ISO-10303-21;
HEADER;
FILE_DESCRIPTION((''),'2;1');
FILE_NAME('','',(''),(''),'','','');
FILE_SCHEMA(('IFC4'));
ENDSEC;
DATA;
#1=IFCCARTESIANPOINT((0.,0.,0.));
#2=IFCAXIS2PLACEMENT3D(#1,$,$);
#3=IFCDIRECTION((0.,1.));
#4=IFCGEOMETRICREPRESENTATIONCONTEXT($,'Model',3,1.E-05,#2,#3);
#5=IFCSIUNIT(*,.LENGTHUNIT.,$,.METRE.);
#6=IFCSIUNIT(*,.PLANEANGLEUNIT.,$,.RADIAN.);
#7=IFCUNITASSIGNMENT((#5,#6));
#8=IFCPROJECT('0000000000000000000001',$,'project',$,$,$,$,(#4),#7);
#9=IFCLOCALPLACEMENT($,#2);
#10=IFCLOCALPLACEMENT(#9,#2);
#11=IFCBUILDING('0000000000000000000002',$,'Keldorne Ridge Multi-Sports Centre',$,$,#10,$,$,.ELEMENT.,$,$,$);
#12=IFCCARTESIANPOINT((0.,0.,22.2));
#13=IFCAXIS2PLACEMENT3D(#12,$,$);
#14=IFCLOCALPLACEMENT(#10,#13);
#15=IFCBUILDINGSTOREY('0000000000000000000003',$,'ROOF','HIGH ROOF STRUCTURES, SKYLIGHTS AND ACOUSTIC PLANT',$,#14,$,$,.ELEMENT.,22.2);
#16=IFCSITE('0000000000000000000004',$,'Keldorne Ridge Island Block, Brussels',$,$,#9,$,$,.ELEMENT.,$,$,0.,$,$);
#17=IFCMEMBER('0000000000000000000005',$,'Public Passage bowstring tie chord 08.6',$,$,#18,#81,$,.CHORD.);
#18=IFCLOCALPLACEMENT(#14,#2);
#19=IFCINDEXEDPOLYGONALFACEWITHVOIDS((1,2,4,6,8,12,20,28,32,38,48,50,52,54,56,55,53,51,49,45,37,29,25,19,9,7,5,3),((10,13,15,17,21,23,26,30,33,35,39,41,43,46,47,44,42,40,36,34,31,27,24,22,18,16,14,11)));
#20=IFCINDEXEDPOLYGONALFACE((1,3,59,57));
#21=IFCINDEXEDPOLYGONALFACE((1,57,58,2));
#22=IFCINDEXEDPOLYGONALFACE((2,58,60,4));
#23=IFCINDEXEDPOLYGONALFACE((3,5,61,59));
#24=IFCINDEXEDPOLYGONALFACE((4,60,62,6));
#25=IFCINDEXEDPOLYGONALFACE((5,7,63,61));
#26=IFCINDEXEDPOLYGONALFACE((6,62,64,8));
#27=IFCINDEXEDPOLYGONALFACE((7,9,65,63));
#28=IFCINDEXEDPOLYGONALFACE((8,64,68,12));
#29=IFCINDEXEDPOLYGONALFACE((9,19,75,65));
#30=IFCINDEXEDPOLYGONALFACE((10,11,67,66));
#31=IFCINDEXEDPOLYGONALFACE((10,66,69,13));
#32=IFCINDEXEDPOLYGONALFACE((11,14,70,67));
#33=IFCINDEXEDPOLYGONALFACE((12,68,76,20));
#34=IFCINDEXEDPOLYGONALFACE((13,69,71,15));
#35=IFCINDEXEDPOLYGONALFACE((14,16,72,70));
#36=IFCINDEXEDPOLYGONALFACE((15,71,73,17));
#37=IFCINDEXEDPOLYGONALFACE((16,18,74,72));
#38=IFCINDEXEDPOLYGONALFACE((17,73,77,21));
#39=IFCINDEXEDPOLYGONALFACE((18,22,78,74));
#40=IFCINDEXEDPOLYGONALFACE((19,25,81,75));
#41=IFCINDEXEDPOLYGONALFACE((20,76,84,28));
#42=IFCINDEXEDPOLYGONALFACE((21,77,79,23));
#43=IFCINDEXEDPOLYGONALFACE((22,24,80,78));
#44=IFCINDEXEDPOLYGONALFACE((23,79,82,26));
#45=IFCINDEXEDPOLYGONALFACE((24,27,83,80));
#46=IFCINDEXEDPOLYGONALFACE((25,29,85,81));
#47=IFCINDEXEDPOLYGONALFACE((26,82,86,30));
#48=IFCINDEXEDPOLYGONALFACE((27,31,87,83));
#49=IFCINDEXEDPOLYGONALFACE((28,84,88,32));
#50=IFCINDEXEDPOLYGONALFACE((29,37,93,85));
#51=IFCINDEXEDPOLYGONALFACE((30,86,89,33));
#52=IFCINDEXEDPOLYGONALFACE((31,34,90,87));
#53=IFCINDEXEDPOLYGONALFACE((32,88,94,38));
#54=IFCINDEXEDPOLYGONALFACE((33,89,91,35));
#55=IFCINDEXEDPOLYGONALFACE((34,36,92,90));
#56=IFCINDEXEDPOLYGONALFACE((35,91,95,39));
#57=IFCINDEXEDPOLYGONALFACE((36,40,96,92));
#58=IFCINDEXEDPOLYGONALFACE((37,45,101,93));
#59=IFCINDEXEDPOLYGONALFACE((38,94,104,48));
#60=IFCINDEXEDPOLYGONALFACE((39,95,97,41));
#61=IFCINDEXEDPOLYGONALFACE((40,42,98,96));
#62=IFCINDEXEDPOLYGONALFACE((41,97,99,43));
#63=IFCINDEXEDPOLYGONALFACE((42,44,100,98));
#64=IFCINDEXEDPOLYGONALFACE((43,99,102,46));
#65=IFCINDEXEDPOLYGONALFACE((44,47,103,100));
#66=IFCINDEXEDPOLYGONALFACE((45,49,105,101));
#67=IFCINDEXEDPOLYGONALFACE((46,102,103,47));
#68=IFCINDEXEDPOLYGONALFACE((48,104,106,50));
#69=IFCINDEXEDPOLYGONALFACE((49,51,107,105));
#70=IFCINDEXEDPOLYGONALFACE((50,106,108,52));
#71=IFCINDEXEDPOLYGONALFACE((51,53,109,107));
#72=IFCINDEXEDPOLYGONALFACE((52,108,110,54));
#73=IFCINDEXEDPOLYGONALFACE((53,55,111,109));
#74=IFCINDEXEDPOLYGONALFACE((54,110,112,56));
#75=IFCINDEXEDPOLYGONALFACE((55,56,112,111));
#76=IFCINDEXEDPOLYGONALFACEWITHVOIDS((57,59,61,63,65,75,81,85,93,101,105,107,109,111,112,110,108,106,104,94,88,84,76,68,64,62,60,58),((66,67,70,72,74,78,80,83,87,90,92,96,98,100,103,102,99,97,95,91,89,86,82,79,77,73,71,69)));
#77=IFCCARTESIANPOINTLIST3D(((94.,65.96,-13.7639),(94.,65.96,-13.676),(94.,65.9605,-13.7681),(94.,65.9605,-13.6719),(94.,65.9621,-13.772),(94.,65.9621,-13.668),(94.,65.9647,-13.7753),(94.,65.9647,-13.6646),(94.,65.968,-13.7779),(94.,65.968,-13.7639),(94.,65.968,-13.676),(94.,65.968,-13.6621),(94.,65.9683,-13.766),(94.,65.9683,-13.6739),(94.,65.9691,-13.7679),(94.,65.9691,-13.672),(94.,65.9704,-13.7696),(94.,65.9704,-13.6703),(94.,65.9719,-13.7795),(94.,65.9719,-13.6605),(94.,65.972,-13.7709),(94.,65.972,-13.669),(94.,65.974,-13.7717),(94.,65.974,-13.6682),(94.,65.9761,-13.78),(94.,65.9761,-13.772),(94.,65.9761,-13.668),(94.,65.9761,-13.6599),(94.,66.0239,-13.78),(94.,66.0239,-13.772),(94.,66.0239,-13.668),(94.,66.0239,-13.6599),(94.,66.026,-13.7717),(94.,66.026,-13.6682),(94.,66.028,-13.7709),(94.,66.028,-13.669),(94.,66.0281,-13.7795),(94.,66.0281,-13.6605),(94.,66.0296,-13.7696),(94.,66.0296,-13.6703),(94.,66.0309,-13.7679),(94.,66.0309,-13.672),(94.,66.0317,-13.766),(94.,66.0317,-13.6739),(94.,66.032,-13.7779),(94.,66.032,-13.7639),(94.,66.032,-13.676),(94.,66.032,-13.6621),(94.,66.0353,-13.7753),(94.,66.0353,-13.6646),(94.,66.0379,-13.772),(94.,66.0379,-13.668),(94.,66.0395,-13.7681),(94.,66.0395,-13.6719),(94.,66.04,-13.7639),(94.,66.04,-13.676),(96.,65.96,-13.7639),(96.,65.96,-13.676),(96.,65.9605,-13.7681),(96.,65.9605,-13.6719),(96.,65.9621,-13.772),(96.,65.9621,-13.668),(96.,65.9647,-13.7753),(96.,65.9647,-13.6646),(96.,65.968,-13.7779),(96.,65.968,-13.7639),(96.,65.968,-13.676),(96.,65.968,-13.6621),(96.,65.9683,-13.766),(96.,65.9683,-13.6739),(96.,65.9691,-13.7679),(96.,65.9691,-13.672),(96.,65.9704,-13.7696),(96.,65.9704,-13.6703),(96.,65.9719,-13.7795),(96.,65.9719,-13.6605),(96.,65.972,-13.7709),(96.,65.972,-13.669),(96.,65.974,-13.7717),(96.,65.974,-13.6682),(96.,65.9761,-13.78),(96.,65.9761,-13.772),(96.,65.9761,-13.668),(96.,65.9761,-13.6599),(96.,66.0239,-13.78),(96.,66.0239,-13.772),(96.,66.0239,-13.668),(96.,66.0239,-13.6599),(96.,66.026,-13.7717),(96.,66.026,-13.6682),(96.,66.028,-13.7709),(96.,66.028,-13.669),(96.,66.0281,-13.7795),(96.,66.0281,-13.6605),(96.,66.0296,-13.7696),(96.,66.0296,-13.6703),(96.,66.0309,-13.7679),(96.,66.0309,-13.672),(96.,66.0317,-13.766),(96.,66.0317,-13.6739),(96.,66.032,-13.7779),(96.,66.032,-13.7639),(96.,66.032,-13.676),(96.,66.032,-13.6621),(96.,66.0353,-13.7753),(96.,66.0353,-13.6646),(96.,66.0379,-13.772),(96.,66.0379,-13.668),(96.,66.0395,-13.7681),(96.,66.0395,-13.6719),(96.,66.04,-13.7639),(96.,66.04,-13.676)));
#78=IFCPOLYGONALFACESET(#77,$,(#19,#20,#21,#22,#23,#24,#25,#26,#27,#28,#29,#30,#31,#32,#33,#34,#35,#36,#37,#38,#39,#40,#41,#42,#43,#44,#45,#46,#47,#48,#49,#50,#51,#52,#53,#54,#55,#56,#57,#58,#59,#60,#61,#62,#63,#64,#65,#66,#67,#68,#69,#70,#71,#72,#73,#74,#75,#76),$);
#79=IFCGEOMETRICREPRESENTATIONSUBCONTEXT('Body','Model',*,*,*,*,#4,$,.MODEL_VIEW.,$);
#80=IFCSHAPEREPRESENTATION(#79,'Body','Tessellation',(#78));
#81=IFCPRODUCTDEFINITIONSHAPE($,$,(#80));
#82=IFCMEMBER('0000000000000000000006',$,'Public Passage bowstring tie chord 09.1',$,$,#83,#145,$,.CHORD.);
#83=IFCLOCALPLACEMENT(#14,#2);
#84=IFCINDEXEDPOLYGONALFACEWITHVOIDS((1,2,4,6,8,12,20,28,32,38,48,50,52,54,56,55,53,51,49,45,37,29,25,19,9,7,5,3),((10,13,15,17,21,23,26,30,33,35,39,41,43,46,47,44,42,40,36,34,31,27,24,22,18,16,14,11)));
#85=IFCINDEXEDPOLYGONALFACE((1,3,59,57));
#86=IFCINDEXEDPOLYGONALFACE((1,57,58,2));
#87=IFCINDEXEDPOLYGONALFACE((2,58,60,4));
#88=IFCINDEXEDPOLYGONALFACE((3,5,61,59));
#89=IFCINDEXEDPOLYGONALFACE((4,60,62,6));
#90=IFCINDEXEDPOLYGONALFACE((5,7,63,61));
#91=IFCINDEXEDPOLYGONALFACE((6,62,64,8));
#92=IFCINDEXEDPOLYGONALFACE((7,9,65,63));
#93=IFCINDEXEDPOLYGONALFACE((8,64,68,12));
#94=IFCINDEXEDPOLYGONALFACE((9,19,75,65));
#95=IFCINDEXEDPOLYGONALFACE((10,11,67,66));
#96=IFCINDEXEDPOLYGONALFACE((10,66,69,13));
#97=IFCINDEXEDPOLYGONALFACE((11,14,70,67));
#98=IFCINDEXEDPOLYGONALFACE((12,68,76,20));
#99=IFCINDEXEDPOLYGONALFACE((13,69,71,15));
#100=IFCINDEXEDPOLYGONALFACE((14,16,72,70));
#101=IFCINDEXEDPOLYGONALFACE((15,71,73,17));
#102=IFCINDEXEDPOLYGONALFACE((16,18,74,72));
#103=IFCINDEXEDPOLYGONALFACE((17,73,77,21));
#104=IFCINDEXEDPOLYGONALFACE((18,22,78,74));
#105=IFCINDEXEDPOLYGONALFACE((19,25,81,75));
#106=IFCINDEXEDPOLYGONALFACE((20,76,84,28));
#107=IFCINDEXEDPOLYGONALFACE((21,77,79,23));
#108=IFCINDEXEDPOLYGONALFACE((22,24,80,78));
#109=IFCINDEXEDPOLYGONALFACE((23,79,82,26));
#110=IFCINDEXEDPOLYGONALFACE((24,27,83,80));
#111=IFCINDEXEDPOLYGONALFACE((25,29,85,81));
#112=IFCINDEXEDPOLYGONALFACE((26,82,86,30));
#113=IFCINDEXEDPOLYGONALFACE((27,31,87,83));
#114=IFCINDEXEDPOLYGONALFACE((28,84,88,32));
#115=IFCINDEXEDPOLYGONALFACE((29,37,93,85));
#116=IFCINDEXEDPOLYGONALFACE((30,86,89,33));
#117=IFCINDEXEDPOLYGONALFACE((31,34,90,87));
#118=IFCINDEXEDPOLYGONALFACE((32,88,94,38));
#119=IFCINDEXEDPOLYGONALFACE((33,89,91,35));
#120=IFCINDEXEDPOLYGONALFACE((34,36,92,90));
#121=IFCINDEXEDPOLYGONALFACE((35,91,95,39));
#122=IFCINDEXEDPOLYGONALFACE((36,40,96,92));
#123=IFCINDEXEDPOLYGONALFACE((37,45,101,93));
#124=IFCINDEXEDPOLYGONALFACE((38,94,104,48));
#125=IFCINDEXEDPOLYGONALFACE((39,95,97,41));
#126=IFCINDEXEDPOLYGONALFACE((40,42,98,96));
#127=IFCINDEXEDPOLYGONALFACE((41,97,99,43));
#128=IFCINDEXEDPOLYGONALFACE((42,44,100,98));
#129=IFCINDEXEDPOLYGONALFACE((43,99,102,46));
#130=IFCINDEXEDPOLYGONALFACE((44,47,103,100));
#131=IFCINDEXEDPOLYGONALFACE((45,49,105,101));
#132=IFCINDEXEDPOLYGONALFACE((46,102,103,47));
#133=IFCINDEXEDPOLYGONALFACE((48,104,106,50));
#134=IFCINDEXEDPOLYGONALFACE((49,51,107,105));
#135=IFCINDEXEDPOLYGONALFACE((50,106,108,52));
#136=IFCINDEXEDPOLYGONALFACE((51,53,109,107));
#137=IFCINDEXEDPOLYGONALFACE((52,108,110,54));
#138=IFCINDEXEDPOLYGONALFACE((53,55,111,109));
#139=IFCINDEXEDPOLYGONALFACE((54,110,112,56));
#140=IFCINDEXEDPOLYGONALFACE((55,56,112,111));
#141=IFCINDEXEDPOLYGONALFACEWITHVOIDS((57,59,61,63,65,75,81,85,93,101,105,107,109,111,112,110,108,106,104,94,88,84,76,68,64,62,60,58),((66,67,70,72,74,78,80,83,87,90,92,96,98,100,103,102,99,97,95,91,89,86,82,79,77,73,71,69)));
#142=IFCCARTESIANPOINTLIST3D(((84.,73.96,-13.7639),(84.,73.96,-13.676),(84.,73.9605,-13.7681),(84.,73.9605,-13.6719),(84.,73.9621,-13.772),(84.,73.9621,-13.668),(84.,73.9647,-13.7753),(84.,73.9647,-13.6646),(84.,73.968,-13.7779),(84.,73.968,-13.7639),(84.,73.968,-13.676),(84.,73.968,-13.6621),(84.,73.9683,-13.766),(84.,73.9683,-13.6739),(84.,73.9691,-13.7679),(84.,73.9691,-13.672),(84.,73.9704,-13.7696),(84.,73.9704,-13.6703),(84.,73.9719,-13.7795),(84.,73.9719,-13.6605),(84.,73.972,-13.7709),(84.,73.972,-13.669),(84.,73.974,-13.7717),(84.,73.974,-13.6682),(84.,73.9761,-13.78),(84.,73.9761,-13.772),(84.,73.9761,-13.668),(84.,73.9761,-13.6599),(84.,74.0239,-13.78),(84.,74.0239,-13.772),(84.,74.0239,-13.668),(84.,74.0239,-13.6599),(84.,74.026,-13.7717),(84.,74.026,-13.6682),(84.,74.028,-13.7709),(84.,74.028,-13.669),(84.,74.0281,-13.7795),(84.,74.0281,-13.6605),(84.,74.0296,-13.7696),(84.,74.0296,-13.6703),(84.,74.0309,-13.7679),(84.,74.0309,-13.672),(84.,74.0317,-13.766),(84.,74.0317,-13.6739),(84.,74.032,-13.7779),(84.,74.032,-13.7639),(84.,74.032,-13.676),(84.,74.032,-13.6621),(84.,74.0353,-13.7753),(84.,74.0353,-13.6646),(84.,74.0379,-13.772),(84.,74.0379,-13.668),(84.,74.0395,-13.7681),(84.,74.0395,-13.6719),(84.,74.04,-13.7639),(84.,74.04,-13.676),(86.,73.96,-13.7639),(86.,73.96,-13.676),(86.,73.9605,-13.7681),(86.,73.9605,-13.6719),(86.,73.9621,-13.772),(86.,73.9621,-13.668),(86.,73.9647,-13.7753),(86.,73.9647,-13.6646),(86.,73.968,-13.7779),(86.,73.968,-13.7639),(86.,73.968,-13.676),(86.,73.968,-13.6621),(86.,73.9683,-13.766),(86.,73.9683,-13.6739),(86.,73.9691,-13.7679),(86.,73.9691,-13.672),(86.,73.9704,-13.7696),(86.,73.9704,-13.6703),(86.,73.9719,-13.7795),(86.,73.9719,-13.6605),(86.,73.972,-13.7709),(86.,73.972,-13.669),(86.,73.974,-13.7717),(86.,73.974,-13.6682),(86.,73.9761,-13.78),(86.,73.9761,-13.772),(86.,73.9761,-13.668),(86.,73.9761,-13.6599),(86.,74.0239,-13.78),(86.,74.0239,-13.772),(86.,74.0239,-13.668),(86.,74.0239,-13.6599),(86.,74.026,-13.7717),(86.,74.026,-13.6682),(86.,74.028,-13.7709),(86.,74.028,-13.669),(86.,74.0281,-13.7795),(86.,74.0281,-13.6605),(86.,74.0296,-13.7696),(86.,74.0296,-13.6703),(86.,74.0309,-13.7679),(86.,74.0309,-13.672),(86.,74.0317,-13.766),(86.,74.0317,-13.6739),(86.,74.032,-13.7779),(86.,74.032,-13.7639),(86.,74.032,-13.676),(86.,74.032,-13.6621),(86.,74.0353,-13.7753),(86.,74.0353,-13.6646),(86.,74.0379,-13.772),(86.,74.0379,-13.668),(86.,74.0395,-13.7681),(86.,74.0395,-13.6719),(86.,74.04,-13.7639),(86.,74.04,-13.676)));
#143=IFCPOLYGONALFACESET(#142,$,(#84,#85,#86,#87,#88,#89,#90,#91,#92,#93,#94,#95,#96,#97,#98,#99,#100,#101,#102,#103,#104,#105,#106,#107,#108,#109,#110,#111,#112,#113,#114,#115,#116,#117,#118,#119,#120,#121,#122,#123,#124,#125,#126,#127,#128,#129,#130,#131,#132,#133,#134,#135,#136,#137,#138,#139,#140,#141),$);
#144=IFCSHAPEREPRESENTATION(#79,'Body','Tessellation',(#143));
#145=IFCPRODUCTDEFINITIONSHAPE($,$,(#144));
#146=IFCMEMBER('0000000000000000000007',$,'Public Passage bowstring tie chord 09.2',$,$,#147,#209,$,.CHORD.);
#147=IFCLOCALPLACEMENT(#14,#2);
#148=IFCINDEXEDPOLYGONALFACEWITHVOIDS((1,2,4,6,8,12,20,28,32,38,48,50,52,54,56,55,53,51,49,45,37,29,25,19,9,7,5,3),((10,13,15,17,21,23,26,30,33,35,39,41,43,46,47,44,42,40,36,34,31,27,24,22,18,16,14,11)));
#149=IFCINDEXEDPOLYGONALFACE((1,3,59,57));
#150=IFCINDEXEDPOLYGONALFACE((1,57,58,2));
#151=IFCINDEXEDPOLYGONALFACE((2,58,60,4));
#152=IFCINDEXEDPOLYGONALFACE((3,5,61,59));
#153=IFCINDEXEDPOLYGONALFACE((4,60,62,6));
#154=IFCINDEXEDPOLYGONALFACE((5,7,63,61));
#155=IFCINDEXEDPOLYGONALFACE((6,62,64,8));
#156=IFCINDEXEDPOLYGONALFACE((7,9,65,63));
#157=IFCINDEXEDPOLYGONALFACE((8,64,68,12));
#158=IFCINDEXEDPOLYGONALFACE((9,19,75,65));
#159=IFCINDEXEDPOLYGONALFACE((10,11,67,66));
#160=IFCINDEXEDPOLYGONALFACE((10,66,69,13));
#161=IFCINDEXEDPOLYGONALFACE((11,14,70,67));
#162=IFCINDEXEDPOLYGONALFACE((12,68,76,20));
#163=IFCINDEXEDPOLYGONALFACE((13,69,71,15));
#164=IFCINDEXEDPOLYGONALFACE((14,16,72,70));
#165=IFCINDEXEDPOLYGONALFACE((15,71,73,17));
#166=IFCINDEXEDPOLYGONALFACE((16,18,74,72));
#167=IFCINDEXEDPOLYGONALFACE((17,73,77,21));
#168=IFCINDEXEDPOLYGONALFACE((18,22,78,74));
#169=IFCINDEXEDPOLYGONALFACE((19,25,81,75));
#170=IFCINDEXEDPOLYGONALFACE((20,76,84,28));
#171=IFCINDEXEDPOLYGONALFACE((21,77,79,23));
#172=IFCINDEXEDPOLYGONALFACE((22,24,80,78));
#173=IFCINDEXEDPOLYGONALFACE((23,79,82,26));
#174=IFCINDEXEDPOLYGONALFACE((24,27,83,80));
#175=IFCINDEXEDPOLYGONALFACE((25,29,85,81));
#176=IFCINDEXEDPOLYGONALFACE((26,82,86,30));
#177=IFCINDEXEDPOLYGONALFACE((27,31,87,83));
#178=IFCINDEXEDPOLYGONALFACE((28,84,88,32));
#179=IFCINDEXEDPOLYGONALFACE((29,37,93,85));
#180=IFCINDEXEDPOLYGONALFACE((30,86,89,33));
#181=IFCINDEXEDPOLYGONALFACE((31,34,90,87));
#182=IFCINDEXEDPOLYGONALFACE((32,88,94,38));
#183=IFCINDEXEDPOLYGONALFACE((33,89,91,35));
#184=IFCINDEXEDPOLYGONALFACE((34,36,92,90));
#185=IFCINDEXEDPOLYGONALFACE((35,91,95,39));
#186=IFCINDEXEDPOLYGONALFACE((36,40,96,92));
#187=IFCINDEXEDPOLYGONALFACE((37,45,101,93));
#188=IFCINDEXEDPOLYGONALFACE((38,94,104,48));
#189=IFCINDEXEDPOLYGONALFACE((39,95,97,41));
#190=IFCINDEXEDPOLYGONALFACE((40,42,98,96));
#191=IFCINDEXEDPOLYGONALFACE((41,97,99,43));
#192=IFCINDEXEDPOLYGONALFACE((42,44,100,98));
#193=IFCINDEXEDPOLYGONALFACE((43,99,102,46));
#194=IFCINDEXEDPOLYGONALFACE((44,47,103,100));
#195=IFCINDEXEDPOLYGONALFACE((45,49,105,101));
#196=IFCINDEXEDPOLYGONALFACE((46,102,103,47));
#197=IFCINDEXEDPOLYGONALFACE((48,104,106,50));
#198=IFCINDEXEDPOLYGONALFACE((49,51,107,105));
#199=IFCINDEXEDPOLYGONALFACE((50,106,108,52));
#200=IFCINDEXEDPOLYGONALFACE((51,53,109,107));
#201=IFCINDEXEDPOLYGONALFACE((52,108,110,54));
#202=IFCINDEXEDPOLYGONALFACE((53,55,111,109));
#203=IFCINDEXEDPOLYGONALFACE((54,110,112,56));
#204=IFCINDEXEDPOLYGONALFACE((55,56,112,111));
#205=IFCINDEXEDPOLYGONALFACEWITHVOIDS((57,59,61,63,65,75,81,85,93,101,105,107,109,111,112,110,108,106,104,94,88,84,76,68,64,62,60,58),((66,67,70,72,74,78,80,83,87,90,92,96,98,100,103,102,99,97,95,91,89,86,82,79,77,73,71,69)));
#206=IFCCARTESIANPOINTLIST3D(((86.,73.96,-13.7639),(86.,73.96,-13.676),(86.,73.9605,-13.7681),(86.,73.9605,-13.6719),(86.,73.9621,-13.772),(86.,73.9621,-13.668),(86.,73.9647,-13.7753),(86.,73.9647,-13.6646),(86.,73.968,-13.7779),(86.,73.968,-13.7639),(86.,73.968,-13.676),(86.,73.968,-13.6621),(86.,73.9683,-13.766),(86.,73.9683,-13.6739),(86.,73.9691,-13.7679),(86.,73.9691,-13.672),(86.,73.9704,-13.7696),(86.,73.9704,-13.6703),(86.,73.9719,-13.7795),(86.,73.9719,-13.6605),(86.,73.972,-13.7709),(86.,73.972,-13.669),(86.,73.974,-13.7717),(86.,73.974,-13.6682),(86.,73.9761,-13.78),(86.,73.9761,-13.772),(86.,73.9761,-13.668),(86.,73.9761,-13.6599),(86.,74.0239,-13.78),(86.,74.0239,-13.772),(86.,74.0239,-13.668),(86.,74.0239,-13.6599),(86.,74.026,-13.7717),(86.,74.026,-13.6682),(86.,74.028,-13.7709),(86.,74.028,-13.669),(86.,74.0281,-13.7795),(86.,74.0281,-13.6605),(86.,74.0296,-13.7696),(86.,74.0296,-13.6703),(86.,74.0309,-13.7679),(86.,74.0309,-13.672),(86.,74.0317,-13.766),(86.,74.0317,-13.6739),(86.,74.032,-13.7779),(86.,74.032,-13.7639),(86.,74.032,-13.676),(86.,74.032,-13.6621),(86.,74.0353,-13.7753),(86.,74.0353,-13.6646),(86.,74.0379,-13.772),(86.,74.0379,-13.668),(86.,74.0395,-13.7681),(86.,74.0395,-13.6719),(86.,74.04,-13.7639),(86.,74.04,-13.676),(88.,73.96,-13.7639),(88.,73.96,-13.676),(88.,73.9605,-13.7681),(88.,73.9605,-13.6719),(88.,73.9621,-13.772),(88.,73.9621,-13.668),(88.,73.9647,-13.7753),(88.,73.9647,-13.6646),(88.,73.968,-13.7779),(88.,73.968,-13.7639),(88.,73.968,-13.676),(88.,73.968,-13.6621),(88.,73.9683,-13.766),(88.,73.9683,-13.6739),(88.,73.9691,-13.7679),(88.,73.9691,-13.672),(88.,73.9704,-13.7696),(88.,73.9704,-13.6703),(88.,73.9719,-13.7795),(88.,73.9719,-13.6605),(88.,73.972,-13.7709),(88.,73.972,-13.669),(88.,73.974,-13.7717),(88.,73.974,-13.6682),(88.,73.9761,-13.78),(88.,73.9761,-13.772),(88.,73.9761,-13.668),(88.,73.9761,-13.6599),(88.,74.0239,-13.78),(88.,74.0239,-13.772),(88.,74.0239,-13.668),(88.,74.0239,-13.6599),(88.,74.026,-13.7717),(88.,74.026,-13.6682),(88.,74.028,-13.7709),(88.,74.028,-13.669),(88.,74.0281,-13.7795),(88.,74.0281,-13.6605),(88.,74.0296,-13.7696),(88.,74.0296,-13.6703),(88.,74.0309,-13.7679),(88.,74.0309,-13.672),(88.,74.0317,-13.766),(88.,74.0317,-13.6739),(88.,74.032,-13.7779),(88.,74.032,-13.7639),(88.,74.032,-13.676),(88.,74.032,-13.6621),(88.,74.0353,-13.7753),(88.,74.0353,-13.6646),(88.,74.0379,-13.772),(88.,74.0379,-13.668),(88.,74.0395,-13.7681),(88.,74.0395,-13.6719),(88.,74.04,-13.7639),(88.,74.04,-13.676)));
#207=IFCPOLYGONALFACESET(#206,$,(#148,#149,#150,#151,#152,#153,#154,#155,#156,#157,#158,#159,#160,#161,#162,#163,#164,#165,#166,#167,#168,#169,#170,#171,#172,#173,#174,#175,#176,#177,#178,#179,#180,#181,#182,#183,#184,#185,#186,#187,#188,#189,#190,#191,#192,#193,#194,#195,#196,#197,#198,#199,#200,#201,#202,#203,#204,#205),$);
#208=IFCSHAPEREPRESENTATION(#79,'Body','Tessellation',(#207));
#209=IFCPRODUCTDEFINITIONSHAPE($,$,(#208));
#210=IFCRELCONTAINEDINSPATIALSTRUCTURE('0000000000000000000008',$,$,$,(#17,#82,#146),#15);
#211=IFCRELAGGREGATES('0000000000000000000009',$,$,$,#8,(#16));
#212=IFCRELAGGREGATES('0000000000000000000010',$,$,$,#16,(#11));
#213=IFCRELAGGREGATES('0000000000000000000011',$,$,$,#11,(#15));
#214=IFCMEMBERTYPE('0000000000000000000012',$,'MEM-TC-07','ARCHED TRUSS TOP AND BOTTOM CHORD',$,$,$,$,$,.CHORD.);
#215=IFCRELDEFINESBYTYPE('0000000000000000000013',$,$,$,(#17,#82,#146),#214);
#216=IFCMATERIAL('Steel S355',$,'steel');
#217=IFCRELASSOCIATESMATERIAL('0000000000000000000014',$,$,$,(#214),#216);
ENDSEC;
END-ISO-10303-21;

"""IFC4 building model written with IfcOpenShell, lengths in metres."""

from ifc_helpers import new_model, si_unit, direction, frame, origin, origin_2d, place, context, subcontext, project, spatial, hollow_rectangle, extrude, material, material_profile, profile_set, type_object, element, save


model = new_model("IFC4")

# Units and contexts
model_context = context("Model", 3, precision=1e-05, world=origin(), true_north=direction((0.0, 1.0)))
body_context = subcontext(model_context, "Body", "Model", "MODEL_VIEW")
ifc_project = project(units=[si_unit("LENGTHUNIT", "METRE"), si_unit("PLANEANGLEUNIT", "RADIAN")], contexts=[model_context])

# Site, building, storey
site_placement = place(None, origin())
site = spatial("IfcSite", under=ifc_project, at=site_placement, Name="Keldorne Ridge Island Block, Brussels", CompositionType="ELEMENT", RefElevation=0.0)
building_placement = place(site_placement, origin())
building = spatial("IfcBuilding", under=site, at=building_placement, Name="Keldorne Ridge Multi-Sports Centre", CompositionType="ELEMENT")
storey_placement = place(building_placement, frame((0.0, 0.0, 22.2)))
storey = spatial("IfcBuildingStorey", under=building, at=storey_placement, Name="ROOF", Description="HIGH ROOF STRUCTURES, SKYLIGHTS AND ACOUSTIC PLANT", CompositionType="ELEMENT", Elevation=22.2)

# Members
ifc_material = material(Name="Steel S355", Category="steel")
ifc_material_profile_1 = material_profile(ifc_material, hollow_rectangle(XDim=0.0801, YDim=0.1201, WallThickness=0.0081, InnerFilletRadius=0.0081, OuterFilletRadius=0.0161, at=origin_2d()), Name="RHS 120x80x8")
ifc_profile_set_1 = profile_set([ifc_material_profile_1], Name="Steel S355")
member_type_1 = type_object("IfcMemberType", Name="MEM-TC-07", Description="ARCHED TRUSS TOP AND BOTTOM CHORD", PredefinedType="CHORD", material=ifc_profile_set_1)
for number, where, z_axis, x_axis, name in (
    (1, (94.0, 66.0, -13.72), (1.0, 0.0, 0.0), (0.0, 1.0, 0.0), "Public Passage bowstring tie chord 08.6"),
    (2, (84.0, 74.0, -13.72), (1.0, 0.0, 0.0), (0.0, 1.0, 0.0), "Public Passage bowstring tie chord 09.1"),
    (3, (86.0, 74.0, -13.72), (1.0, 0.0, 0.0), (0.0, 1.0, 0.0), "Public Passage bowstring tie chord 09.2"),
):
    element("IfcMember", number, at=place(storey_placement, frame(where, z_axis=z_axis, x_axis=x_axis)), inside=storey, type_object=member_type_1, Name=name, PredefinedType="CHORD", context=body_context, shape_type="SweptSolid", body=[
        extrude(hollow_rectangle(XDim=0.0801, YDim=0.1201, WallThickness=0.0081, InnerFilletRadius=0.0081, OuterFilletRadius=0.0161, at=origin_2d()), origin(), (0.0, 0.0, 1.0), 2.0),
    ])

save(model, "model.ifc")
